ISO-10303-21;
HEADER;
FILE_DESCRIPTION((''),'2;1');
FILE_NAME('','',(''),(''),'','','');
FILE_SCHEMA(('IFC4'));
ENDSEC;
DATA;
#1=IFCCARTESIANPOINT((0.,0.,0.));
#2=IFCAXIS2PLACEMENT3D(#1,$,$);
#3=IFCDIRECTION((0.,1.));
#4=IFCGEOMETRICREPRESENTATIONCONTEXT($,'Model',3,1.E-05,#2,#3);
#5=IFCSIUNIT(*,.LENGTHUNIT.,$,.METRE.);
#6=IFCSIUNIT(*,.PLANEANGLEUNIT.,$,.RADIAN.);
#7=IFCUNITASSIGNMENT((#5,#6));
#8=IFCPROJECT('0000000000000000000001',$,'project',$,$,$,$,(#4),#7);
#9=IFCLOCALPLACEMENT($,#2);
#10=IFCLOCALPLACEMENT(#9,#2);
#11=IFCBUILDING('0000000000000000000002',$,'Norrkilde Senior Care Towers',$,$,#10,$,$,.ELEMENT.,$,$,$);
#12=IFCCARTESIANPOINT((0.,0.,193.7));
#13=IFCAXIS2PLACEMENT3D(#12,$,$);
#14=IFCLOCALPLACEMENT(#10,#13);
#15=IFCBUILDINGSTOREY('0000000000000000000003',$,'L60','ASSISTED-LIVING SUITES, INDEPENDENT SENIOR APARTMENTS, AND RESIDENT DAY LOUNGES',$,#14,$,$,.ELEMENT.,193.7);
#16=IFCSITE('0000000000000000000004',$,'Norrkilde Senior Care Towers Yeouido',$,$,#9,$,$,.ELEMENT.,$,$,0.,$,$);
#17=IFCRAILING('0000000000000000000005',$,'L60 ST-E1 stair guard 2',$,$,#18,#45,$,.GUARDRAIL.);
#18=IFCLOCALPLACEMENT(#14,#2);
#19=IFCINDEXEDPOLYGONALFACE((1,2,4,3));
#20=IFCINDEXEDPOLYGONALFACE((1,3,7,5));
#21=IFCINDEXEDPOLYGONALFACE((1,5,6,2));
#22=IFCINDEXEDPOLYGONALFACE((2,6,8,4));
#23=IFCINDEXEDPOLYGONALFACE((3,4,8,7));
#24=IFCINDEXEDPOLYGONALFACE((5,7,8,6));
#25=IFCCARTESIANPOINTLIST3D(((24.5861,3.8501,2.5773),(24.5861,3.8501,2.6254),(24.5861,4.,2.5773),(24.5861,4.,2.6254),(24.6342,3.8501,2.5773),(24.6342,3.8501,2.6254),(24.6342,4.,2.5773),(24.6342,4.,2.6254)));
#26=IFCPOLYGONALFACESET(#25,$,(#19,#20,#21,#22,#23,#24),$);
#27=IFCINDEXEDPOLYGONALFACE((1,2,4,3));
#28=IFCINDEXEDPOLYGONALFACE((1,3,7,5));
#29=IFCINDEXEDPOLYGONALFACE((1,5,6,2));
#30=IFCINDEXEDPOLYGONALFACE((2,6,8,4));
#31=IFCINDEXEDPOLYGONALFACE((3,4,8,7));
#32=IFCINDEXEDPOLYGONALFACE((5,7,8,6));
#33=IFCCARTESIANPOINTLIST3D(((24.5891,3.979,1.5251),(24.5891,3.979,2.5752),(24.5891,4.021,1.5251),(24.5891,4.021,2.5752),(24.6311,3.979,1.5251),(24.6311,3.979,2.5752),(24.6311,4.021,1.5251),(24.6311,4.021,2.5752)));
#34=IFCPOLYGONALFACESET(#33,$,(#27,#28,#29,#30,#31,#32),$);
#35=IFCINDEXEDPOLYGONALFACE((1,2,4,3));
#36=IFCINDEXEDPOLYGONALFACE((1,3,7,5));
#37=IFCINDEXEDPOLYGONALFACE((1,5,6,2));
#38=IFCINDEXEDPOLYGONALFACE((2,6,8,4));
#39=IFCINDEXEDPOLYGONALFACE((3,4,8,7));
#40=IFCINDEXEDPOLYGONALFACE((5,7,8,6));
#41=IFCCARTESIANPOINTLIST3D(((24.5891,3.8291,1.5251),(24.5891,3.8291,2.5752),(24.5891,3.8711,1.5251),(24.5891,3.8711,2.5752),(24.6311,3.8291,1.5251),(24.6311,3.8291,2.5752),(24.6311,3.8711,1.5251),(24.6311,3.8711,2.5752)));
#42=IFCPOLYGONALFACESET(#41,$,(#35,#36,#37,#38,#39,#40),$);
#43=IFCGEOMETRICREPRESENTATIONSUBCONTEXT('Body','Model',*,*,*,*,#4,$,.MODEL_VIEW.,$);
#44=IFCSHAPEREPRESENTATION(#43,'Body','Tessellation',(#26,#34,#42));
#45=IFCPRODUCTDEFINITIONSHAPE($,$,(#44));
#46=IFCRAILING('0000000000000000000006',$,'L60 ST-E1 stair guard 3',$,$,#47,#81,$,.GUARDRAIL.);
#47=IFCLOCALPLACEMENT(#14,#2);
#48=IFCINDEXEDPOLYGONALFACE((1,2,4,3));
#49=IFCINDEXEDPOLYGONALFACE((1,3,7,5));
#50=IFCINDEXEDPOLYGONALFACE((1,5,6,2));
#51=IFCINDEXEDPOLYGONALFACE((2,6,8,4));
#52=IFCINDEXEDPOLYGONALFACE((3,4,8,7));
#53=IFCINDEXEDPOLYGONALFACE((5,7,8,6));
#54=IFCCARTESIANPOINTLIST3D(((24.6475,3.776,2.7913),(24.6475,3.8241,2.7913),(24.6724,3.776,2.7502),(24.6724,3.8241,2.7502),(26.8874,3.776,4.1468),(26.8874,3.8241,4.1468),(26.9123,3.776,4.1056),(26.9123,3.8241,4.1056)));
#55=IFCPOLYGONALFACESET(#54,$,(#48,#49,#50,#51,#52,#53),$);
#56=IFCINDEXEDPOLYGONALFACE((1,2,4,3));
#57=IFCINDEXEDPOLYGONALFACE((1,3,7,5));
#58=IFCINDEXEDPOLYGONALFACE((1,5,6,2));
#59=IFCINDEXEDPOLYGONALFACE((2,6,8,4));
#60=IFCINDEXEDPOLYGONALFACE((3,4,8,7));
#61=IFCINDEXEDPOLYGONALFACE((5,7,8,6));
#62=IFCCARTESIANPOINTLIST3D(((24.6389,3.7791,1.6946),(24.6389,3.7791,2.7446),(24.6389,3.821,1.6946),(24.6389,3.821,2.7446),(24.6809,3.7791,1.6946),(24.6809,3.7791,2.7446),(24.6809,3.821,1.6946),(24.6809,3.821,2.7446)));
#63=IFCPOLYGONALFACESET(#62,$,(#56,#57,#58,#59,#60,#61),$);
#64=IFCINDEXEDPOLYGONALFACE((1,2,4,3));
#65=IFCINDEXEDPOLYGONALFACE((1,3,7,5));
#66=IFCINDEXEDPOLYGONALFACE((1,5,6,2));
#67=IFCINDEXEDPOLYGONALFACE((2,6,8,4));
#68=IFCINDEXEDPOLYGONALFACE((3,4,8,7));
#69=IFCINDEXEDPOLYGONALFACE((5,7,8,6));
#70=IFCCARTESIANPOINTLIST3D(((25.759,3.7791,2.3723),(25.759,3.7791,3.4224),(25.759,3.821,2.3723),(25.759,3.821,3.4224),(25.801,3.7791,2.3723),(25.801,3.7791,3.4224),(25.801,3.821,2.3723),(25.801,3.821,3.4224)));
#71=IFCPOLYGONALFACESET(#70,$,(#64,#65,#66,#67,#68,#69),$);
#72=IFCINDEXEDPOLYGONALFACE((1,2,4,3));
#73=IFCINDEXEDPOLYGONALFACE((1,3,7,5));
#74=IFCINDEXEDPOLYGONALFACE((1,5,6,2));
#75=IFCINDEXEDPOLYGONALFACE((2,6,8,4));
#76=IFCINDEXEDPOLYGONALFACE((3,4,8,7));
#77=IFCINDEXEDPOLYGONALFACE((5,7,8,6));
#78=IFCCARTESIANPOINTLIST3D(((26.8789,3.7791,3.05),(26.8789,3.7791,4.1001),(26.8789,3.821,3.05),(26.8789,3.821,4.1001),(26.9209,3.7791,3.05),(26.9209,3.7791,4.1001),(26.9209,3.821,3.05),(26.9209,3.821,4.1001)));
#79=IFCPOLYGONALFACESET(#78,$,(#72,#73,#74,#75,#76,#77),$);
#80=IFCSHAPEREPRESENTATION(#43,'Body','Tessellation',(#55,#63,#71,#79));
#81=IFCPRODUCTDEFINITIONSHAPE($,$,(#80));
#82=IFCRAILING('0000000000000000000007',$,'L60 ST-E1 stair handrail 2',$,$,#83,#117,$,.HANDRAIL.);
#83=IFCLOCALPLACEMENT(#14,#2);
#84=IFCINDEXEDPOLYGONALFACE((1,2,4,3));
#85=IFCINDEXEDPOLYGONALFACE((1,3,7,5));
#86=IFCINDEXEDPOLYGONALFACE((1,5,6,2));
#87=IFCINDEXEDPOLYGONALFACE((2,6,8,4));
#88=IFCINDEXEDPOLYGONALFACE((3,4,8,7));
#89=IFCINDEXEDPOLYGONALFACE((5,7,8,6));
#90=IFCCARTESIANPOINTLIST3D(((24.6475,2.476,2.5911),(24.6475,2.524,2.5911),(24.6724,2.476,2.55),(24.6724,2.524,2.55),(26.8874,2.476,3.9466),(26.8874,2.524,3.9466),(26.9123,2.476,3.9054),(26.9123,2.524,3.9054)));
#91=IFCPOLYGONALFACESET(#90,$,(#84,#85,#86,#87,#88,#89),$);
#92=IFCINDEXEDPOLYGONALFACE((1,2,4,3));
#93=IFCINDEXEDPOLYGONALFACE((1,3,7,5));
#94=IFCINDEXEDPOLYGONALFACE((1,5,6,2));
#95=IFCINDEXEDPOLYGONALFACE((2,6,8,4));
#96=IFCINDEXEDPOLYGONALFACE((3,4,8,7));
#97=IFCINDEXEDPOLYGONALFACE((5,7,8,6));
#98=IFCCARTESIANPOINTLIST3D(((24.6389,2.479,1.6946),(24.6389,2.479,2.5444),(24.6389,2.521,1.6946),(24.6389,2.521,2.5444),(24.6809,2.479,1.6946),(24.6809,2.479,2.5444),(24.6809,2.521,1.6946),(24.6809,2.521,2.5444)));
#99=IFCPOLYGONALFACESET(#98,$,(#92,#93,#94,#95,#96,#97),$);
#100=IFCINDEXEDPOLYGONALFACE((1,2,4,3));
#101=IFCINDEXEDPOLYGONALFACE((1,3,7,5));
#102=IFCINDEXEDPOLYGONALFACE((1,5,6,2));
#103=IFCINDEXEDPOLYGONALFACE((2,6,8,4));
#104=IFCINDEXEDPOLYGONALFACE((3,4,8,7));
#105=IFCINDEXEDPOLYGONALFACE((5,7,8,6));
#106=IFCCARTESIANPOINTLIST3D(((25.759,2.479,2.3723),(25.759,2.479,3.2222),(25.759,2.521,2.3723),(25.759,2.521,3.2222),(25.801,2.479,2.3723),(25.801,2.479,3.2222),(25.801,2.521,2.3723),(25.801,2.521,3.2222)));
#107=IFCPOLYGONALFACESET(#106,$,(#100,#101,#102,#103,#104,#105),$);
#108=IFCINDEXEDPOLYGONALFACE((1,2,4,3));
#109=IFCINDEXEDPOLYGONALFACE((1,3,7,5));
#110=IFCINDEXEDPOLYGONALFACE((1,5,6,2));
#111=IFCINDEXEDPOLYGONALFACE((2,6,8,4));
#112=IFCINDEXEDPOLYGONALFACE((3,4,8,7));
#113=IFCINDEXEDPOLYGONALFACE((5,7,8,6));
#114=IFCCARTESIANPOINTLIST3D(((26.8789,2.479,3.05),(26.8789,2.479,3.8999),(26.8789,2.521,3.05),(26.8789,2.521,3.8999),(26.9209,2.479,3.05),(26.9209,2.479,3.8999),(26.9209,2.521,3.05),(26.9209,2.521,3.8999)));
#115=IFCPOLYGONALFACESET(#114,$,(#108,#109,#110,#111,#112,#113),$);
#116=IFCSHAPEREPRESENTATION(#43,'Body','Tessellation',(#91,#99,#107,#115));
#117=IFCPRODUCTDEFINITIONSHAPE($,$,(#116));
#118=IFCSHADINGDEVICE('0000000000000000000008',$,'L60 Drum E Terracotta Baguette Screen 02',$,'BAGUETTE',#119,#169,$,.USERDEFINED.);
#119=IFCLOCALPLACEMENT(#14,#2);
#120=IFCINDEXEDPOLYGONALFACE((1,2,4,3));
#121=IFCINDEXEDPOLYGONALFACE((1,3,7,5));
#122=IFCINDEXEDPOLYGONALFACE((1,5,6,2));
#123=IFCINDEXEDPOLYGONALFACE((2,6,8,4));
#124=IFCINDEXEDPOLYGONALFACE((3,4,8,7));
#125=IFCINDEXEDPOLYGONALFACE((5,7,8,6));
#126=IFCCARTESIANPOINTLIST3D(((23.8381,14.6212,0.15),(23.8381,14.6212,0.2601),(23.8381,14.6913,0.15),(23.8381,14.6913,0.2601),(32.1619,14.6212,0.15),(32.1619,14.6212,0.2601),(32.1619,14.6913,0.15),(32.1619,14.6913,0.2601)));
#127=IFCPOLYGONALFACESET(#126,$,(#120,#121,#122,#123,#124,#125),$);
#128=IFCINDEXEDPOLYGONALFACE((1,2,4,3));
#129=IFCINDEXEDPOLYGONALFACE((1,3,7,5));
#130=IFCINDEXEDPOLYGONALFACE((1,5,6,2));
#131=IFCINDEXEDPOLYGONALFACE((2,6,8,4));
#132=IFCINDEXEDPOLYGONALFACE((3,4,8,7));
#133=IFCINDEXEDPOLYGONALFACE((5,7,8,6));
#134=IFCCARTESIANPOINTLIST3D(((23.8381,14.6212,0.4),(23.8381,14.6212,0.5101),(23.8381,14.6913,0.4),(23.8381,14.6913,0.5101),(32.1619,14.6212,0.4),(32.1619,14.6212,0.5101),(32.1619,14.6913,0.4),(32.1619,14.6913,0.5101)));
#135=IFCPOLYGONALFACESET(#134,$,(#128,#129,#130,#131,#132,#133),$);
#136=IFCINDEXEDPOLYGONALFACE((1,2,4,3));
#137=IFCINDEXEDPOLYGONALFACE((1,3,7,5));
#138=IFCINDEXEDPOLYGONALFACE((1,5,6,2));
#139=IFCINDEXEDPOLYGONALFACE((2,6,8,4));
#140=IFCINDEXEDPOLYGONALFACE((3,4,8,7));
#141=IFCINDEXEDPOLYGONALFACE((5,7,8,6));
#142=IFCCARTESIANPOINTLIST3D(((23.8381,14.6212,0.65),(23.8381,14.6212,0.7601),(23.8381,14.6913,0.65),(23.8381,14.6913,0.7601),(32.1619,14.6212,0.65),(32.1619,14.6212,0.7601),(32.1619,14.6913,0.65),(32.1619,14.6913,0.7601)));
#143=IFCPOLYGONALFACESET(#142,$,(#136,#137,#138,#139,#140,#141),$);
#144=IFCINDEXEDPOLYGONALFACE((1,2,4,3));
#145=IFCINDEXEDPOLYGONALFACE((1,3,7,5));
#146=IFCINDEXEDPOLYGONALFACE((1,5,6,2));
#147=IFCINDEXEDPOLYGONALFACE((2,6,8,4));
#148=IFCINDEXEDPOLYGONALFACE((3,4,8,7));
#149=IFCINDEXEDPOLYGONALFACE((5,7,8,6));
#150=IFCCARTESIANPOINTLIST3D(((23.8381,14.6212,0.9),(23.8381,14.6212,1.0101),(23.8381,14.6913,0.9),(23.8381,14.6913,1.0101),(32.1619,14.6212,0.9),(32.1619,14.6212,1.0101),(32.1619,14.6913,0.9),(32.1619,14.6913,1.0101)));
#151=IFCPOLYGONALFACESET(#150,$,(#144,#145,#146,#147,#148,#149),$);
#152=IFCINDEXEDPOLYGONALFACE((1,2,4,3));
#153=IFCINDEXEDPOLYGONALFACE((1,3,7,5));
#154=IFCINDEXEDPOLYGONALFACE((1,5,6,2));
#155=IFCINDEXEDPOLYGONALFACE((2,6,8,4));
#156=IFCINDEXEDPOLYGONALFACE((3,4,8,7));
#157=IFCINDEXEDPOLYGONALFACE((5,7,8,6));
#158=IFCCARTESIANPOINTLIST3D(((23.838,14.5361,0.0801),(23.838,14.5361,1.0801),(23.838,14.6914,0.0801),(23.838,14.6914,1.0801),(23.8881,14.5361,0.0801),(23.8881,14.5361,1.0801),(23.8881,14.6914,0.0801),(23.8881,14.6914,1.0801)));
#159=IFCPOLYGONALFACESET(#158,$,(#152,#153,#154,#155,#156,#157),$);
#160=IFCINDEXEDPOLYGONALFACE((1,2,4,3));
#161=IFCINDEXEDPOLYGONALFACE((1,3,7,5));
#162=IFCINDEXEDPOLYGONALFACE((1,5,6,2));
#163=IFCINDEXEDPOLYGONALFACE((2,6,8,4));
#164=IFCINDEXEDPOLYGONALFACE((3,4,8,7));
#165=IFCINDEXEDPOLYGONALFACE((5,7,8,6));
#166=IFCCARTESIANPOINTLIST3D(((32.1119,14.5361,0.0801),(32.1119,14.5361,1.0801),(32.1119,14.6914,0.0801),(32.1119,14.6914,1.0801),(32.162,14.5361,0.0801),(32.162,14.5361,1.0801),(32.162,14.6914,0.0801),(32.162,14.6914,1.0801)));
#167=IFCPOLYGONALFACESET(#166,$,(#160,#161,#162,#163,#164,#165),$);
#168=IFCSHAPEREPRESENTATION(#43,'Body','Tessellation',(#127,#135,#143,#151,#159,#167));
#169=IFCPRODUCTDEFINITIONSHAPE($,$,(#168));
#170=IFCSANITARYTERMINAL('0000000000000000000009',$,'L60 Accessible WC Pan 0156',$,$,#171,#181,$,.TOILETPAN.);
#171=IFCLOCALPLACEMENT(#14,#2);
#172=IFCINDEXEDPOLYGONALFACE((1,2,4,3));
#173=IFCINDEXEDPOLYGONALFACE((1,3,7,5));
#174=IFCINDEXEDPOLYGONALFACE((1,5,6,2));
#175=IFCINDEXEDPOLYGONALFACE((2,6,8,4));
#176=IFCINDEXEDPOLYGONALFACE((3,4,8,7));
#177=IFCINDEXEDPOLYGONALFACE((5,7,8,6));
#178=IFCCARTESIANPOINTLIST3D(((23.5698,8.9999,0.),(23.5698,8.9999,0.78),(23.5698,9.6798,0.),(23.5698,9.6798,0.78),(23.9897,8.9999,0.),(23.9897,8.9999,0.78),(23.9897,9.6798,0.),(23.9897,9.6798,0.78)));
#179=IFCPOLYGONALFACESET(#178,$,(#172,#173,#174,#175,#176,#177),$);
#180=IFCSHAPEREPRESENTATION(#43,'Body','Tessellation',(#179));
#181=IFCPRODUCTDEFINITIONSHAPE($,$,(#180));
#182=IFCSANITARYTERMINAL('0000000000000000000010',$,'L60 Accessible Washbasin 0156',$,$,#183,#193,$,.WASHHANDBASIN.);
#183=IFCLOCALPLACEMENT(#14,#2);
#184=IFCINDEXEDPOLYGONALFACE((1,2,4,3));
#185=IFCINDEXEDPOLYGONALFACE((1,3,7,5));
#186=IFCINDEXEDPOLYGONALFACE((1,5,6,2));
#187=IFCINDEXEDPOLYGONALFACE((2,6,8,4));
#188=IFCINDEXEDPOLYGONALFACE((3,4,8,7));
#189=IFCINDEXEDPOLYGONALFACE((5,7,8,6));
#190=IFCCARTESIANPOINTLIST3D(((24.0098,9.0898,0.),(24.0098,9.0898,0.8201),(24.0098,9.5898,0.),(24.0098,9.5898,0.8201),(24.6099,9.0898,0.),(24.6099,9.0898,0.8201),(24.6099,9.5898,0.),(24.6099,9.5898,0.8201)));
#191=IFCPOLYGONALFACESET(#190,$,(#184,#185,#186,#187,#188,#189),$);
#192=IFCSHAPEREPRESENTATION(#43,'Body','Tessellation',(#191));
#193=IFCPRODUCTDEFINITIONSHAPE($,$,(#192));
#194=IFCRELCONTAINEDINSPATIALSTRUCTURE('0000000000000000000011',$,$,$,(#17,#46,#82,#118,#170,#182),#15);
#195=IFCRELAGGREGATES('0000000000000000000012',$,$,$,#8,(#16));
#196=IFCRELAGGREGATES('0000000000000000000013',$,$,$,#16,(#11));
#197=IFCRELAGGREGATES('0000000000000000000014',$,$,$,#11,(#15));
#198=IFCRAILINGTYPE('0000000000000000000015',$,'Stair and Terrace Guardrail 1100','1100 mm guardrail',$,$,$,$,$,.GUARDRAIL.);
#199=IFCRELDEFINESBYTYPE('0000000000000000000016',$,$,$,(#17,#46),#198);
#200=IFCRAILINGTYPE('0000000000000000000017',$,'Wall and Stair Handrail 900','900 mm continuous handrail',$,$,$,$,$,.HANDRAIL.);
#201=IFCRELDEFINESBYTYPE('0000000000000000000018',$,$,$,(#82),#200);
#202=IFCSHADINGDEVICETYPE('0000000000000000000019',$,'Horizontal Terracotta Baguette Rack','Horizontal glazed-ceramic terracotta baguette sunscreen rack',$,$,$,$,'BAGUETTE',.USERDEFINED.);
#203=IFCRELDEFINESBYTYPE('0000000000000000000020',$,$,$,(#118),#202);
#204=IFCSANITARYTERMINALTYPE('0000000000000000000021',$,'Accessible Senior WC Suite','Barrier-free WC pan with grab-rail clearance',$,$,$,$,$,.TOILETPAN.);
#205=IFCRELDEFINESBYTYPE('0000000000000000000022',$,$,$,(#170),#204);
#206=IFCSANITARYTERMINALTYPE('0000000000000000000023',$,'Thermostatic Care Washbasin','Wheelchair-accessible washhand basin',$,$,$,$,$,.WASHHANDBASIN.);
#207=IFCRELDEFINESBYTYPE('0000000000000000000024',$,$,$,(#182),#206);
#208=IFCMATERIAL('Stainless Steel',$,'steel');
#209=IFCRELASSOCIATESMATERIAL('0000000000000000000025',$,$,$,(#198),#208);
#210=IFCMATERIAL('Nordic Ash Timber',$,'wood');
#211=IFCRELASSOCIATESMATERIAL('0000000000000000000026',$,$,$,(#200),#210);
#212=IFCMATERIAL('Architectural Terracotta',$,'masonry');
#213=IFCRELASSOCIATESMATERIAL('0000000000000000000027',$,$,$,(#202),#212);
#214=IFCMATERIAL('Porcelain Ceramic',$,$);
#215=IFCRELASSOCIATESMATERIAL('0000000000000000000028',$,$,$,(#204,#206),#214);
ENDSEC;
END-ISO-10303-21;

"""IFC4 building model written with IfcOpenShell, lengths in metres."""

from ifc_helpers import new_model, si_unit, direction, frame, origin, origin_2d, place, context, subcontext, project, spatial, rectangle, extrude, source, transform, mapped, material, type_object, type_shapes, element, save


model = new_model("IFC4")

# Units and contexts
model_context = context("Model", 3, precision=1e-05, world=origin(), true_north=direction((0.0, 1.0)))
body_context = subcontext(model_context, "Body", "Model", "MODEL_VIEW")
ifc_project = project(units=[si_unit("LENGTHUNIT", "METRE"), si_unit("PLANEANGLEUNIT", "RADIAN")], contexts=[model_context])

# Site, building, storey
site_placement = place(None, origin())
site = spatial("IfcSite", under=ifc_project, at=site_placement, Name="Norrkilde Senior Care Towers Yeouido", CompositionType="ELEMENT", RefElevation=0.0)
building_placement = place(site_placement, origin())
building = spatial("IfcBuilding", under=site, at=building_placement, Name="Norrkilde Senior Care Towers", CompositionType="ELEMENT")
storey_placement = place(building_placement, frame((0.0, 0.0, 193.7)))
storey = spatial("IfcBuildingStorey", under=building, at=storey_placement, Name="L60", Description="ASSISTED-LIVING SUITES, INDEPENDENT SENIOR APARTMENTS, AND RESIDENT DAY LOUNGES", CompositionType="ELEMENT", Elevation=193.7)

# Shared definitions
ifc_material_1 = material(Name="Nordic Ash Timber", Category="wood")

# Railings
ifc_material_2 = material(Name="Stainless Steel", Category="steel")
railing_type_1 = type_object("IfcRailingType", Name="Stair and Terrace Guardrail 1100", Description="1100 mm guardrail", PredefinedType="GUARDRAIL", material=ifc_material_2)
railing_1_placement = place(storey_placement, frame((24.6101, 4.0, 1.5251)))
element("IfcRailing", 1, at=railing_1_placement, inside=storey, type_object=railing_type_1, Name="L60 ST-E1 stair guard 2", PredefinedType="GUARDRAIL", context=body_context, shape_type="SweptSolid", body=[
    extrude(rectangle(XDim=0.0481, YDim=0.0481, at=origin_2d()), frame((0.0, 0.0, 1.0762), z_axis=(0.0, -1.0, 0.0), x_axis=(1.0, 0.0, 0.0)), (0.0, 0.0, 1.0), 0.1499),
    extrude(rectangle(XDim=0.042, YDim=0.042, at=origin_2d()), origin(), (0.0, 0.0, 1.0), 1.05),
    extrude(rectangle(XDim=0.042, YDim=0.042, at=origin_2d()), frame((0.0, -0.1499, 0.0)), (0.0, 0.0, 1.0), 1.05),
])
railing_2_placement = place(storey_placement, frame((24.6599, 3.8, 1.6946)))
element("IfcRailing", 2, at=railing_2_placement, inside=storey, type_object=railing_type_1, Name="L60 ST-E1 stair guard 3", PredefinedType="GUARDRAIL", context=body_context, shape_type="SweptSolid", body=[
    extrude(rectangle(XDim=0.0481, YDim=0.0481, at=origin_2d()), frame((0.0, 0.0, 1.0762), z_axis=(0.855553, 0.0, 0.517715), x_axis=(0.0, 1.0, 0.0)), (0.0, 0.0, 1.0), 2.6182),
    extrude(rectangle(XDim=0.042, YDim=0.042, at=origin_2d()), origin(), (0.0, 0.0, 1.0), 1.05),
    extrude(rectangle(XDim=0.042, YDim=0.042, at=origin_2d()), frame((1.1201, 0.0, 0.6777)), (0.0, 0.0, 1.0), 1.05),
    extrude(rectangle(XDim=0.042, YDim=0.042, at=origin_2d()), frame((2.24, 0.0, 1.3555)), (0.0, 0.0, 1.0), 1.05),
])
railing_type_2 = type_object("IfcRailingType", Name="Wall and Stair Handrail 900", Description="900 mm continuous handrail", PredefinedType="HANDRAIL", material=ifc_material_1)
railing_3_placement = place(storey_placement, frame((24.6599, 2.5, 1.6946)))
element("IfcRailing", 3, at=railing_3_placement, inside=storey, type_object=railing_type_2, Name="L60 ST-E1 stair handrail 2", PredefinedType="HANDRAIL", context=body_context, shape_type="SweptSolid", body=[
    extrude(rectangle(XDim=0.0481, YDim=0.0481, at=origin_2d()), frame((0.0, 0.0, 0.876), z_axis=(0.855553, 0.0, 0.517715), x_axis=(0.0, 1.0, 0.0)), (0.0, 0.0, 1.0), 2.6182),
    extrude(rectangle(XDim=0.042, YDim=0.042, at=origin_2d()), origin(), (0.0, 0.0, 1.0), 0.8499),
    extrude(rectangle(XDim=0.042, YDim=0.042, at=origin_2d()), frame((1.1201, 0.0, 0.6777)), (0.0, 0.0, 1.0), 0.8499),
    extrude(rectangle(XDim=0.042, YDim=0.042, at=origin_2d()), frame((2.24, 0.0, 1.3555)), (0.0, 0.0, 1.0), 0.8499),
])

# Shading device
ifc_material_3 = material(Name="Architectural Terracotta", Category="masonry")
shading_device_type = type_object("IfcShadingDeviceType", Name="Horizontal Terracotta Baguette Rack", Description="Horizontal glazed-ceramic terracotta baguette sunscreen rack", ElementType="BAGUETTE", PredefinedType="USERDEFINED", material=ifc_material_3)
shared_shape_1 = source(origin(), body_context, "Body", "SweptSolid", [
    extrude(rectangle(XDim=0.0701, YDim=0.1101, at=origin_2d()), frame((0.0, 0.0901, 0.125), z_axis=(1.0, 0.0, 0.0), x_axis=(0.0, 1.0, 0.0)), (0.0, 0.0, 1.0), 8.3237),
    extrude(rectangle(XDim=0.0701, YDim=0.1101, at=origin_2d()), frame((0.0, 0.0901, 0.375), z_axis=(1.0, 0.0, 0.0), x_axis=(0.0, 1.0, 0.0)), (0.0, 0.0, 1.0), 8.3237),
    extrude(rectangle(XDim=0.0701, YDim=0.1101, at=origin_2d()), frame((0.0, 0.0901, 0.625), z_axis=(1.0, 0.0, 0.0), x_axis=(0.0, 1.0, 0.0)), (0.0, 0.0, 1.0), 8.3237),
    extrude(rectangle(XDim=0.0701, YDim=0.1101, at=origin_2d()), frame((0.0, 0.0901, 0.875), z_axis=(1.0, 0.0, 0.0), x_axis=(0.0, 1.0, 0.0)), (0.0, 0.0, 1.0), 8.3237),
    extrude(rectangle(XDim=0.05, YDim=0.1553, at=origin_2d()), frame((0.0249, 0.0476, 0.0)), (0.0, 0.0, 1.0), 1.0),
    extrude(rectangle(XDim=0.05, YDim=0.1553, at=origin_2d()), frame((8.2988, 0.0476, 0.0)), (0.0, 0.0, 1.0), 1.0),
])
type_shapes(shading_device_type, [shared_shape_1])
shading_device_placement = place(storey_placement, frame((23.8381, 14.5662, 0.0801), z_axis=(0.0, 0.0, 1.0), x_axis=(1.0, 0.0, 0.0)))
element("IfcShadingDevice", 4, at=shading_device_placement, inside=storey, type_object=shading_device_type, Name="L60 Drum E Terracotta Baguette Screen 02", ObjectType="BAGUETTE", PredefinedType="USERDEFINED", context=body_context, shape_type="MappedRepresentation", body=[
    mapped(shared_shape_1, transform((0.0, 0.0, 0.0), x_axis=(1.0, 0.0, 0.0), y_axis=(0.0, 1.0, 0.0), z_axis=(0.0, 0.0, 1.0), scale=1.0)),
])

# Sanitary terminals
ifc_material_4 = material(Name="Porcelain Ceramic")
sanitary_terminal_type_1 = type_object("IfcSanitaryTerminalType", Name="Accessible Senior WC Suite", Description="Barrier-free WC pan with grab-rail clearance", PredefinedType="TOILETPAN", material=ifc_material_4)
shared_shape_2 = source(origin(), body_context, "Body", "SweptSolid", [
    extrude(rectangle(XDim=0.4199, YDim=0.6799, at=origin_2d()), origin(), (0.0, 0.0, 1.0), 0.78),
])
type_shapes(sanitary_terminal_type_1, [shared_shape_2])
sanitary_terminal_1_placement = place(storey_placement, frame((23.7798, 9.3398, 0.0), z_axis=(0.0, 0.0, 1.0), x_axis=(1.0, 0.0, 0.0)))
element("IfcSanitaryTerminal", 5, at=sanitary_terminal_1_placement, inside=storey, type_object=sanitary_terminal_type_1, Name="L60 Accessible WC Pan 0156", PredefinedType="TOILETPAN", context=body_context, shape_type="MappedRepresentation", body=[
    mapped(shared_shape_2, transform((0.0, 0.0, 0.0), x_axis=(1.0, 0.0, 0.0), y_axis=(0.0, 1.0, 0.0), z_axis=(0.0, 0.0, 1.0), scale=1.0)),
])
sanitary_terminal_type_2 = type_object("IfcSanitaryTerminalType", Name="Thermostatic Care Washbasin", Description="Wheelchair-accessible washhand basin", PredefinedType="WASHHANDBASIN", material=ifc_material_4)
shared_shape_3 = source(origin(), body_context, "Body", "SweptSolid", [
    extrude(rectangle(XDim=0.6001, YDim=0.5, at=origin_2d()), origin(), (0.0, 0.0, 1.0), 0.8201),
])
type_shapes(sanitary_terminal_type_2, [shared_shape_3])
sanitary_terminal_2_placement = place(storey_placement, frame((24.3098, 9.3398, 0.0), z_axis=(0.0, 0.0, 1.0), x_axis=(1.0, 0.0, 0.0)))
element("IfcSanitaryTerminal", 6, at=sanitary_terminal_2_placement, inside=storey, type_object=sanitary_terminal_type_2, Name="L60 Accessible Washbasin 0156", PredefinedType="WASHHANDBASIN", context=body_context, shape_type="MappedRepresentation", body=[
    mapped(shared_shape_3, transform((0.0, 0.0, 0.0), x_axis=(1.0, 0.0, 0.0), y_axis=(0.0, 1.0, 0.0), z_axis=(0.0, 0.0, 1.0), scale=1.0)),
])

save(model, "model.ifc")
